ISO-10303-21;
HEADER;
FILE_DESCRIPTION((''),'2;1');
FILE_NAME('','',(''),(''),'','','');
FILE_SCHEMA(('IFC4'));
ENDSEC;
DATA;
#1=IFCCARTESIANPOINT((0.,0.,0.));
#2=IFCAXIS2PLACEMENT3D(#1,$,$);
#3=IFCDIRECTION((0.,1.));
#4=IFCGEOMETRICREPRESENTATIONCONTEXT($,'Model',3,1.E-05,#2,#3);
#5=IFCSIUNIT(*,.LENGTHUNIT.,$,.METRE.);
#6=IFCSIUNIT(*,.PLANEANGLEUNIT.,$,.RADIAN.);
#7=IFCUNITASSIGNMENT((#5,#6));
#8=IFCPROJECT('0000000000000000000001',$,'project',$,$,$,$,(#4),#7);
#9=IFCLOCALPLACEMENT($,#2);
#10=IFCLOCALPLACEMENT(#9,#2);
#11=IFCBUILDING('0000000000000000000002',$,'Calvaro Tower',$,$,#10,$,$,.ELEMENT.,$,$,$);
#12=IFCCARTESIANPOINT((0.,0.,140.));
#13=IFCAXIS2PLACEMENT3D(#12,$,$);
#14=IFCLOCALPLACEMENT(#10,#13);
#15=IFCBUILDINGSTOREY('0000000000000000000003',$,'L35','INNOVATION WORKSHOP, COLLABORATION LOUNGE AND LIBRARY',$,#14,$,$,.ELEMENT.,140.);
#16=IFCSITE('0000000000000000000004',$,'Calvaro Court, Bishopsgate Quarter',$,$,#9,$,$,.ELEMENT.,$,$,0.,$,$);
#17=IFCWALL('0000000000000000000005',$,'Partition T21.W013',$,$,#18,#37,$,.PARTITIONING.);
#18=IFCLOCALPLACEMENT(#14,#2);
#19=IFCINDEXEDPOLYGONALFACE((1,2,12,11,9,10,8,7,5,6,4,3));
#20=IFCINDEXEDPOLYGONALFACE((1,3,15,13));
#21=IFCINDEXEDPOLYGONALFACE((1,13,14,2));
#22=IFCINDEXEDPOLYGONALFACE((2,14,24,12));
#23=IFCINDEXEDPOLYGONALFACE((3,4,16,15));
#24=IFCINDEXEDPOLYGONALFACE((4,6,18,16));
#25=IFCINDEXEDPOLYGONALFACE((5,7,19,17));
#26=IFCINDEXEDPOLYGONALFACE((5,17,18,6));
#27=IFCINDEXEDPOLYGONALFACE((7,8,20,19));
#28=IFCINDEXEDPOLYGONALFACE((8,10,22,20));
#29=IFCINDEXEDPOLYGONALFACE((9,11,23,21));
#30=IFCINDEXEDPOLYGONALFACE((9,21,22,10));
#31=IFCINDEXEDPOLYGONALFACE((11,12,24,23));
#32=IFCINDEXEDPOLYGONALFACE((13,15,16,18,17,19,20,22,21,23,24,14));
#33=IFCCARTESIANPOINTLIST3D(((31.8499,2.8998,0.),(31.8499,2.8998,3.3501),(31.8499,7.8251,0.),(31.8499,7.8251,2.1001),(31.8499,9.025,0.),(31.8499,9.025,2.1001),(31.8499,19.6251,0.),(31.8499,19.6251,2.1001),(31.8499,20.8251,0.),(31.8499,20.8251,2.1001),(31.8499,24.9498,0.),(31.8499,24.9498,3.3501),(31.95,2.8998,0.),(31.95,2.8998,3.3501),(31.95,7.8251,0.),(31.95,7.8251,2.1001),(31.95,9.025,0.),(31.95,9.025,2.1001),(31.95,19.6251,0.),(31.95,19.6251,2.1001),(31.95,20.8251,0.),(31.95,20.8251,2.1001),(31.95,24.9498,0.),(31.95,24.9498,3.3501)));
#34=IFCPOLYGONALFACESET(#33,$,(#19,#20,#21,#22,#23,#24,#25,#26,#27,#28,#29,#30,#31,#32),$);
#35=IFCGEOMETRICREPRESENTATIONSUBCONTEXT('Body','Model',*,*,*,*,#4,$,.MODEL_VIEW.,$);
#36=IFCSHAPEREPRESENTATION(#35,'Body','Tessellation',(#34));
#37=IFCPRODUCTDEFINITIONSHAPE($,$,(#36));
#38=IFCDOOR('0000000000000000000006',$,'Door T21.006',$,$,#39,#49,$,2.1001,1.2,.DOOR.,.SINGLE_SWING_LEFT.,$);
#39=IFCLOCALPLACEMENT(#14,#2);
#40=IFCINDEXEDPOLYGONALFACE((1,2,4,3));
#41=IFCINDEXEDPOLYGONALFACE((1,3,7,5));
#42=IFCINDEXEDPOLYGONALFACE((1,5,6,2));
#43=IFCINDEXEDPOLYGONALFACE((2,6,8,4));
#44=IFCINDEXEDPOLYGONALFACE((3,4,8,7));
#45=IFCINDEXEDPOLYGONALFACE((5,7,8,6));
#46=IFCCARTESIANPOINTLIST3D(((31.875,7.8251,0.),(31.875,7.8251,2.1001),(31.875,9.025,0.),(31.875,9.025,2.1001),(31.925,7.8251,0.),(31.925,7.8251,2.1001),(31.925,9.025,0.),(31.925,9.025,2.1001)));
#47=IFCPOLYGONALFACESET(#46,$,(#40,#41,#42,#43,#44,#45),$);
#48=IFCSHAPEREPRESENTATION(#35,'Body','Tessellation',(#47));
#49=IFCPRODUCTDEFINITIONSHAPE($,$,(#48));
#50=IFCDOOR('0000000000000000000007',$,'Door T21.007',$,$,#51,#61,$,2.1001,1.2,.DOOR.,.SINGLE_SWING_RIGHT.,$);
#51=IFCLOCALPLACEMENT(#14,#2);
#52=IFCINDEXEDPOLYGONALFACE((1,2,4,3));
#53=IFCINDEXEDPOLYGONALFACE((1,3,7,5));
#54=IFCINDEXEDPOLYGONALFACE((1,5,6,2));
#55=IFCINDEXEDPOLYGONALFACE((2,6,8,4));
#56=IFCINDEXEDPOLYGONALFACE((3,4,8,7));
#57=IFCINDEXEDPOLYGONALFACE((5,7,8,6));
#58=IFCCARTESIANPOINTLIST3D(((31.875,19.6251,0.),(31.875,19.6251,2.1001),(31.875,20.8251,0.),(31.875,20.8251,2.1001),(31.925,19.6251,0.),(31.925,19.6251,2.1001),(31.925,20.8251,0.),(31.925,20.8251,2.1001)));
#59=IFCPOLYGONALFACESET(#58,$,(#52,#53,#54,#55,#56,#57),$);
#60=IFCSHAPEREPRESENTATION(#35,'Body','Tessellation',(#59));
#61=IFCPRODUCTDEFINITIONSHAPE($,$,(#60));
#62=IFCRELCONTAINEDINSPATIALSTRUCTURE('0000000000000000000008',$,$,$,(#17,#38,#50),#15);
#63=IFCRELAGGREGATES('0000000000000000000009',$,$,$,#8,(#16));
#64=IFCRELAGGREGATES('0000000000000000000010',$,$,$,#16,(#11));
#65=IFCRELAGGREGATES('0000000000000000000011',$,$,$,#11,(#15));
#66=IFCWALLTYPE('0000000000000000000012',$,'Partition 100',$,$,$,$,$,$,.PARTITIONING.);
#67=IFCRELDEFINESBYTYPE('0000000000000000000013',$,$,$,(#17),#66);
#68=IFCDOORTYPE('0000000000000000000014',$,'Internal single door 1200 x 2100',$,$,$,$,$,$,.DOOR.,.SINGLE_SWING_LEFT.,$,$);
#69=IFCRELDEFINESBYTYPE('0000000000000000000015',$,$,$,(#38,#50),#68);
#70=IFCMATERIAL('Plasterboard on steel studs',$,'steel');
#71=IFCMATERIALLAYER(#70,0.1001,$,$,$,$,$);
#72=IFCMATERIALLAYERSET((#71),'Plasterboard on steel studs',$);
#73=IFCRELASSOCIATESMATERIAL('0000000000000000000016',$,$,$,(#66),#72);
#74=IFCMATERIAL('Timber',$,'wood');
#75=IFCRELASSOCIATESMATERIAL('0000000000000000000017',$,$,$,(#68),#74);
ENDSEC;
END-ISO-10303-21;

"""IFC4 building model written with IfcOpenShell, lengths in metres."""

from ifc_helpers import new_model, si_unit, direction, frame, frame_2d, origin, place, context, subcontext, project, spatial, rectangle, extrude, material, layer, layer_set, type_object, element, fill, save


model = new_model("IFC4")

# Units and contexts
model_context = context("Model", 3, precision=1e-05, world=origin(), true_north=direction((0.0, 1.0)))
body_context = subcontext(model_context, "Body", "Model", "MODEL_VIEW")
ifc_project = project(units=[si_unit("LENGTHUNIT", "METRE"), si_unit("PLANEANGLEUNIT", "RADIAN")], contexts=[model_context])

# Site, building, storey
site_placement = place(None, origin())
site = spatial("IfcSite", under=ifc_project, at=site_placement, Name="Calvaro Court, Bishopsgate Quarter", CompositionType="ELEMENT", RefElevation=0.0)
building_placement = place(site_placement, origin())
building = spatial("IfcBuilding", under=site, at=building_placement, Name="Calvaro Tower", CompositionType="ELEMENT")
storey_placement = place(building_placement, frame((0.0, 0.0, 140.0)))
storey = spatial("IfcBuildingStorey", under=building, at=storey_placement, Name="L35", Description="INNOVATION WORKSHOP, COLLABORATION LOUNGE AND LIBRARY", CompositionType="ELEMENT", Elevation=140.0)

# Shared definitions
ifc_material_1 = material(Name="Plasterboard on steel studs", Category="steel")
ifc_layer_1 = layer(ifc_material_1, 0.1001)
ifc_layer_set_1 = layer_set([ifc_layer_1], Name="Plasterboard on steel studs")
wall_type_1 = type_object("IfcWallType", Name="Partition 100", PredefinedType="PARTITIONING", material=ifc_layer_set_1)

# Shared definitions
ifc_material_2 = material(Name="Timber", Category="wood")
door_type_1 = type_object("IfcDoorType", Name="Internal single door 1200 x 2100", OperationType="SINGLE_SWING_LEFT", PredefinedType="DOOR", material=ifc_material_2)

# Wall, openings, doors
wall_1_placement = place(storey_placement, frame((31.8999, 2.8999, 0.0), z_axis=(0.0, 0.0, 1.0), x_axis=(0.0, 1.0, 0.0)))
wall_1 = element("IfcWall", 1, at=wall_1_placement, inside=storey, type_object=wall_type_1, Name="Partition T21.W013", PredefinedType="PARTITIONING", context=body_context, shape_type="SweptSolid", body=[
    extrude(rectangle(XDim=22.05, YDim=0.1001, at=frame_2d((11.0249, 0.0))), origin(), (0.0, 0.0, 1.0), 3.3501),
])
opening_1_placement = place(wall_1_placement, frame((4.925, 0.0, 0.0)))
opening_1 = element("IfcOpeningElement", 2, at=opening_1_placement, cuts=wall_1, PredefinedType="OPENING", context=body_context, shape_type="SweptSolid", body=[
    extrude(rectangle(XDim=1.2, YDim=2.1001, at=frame_2d((0.6001, 1.05))), frame((0.0, 0.0601, 0.0), z_axis=(0.0, -1.0, 0.0), x_axis=(1.0, 0.0, 0.0)), (0.0, 0.0, 1.0), 0.1201),
])
opening_2_placement = place(wall_1_placement, frame((16.7251, 0.0, 0.0)))
opening_2 = element("IfcOpeningElement", 3, at=opening_2_placement, cuts=wall_1, PredefinedType="OPENING", context=body_context, shape_type="SweptSolid", body=[
    extrude(rectangle(XDim=1.2, YDim=2.1001, at=frame_2d((0.6001, 1.05))), frame((0.0, 0.0601, 0.0), z_axis=(0.0, -1.0, 0.0), x_axis=(1.0, 0.0, 0.0)), (0.0, 0.0, 1.0), 0.1201),
])
door_1_placement = place(opening_1_placement, origin())
door_1 = element("IfcDoor", 4, at=door_1_placement, inside=storey, type_object=door_type_1, Name="Door T21.006", OperationType="SINGLE_SWING_LEFT", OverallHeight=2.1001, OverallWidth=1.2, PredefinedType="DOOR", context=body_context, shape_type="SweptSolid", body=[
    extrude(rectangle(XDim=1.2, YDim=2.1001, at=frame_2d((0.6001, 1.05))), frame((0.0, 0.0249, 0.0), z_axis=(0.0, -1.0, 0.0), x_axis=(1.0, 0.0, 0.0)), (0.0, 0.0, 1.0), 0.05),
])
fill(opening_1, door_1)
door_2_placement = place(opening_2_placement, origin())
door_2 = element("IfcDoor", 5, at=door_2_placement, inside=storey, type_object=door_type_1, Name="Door T21.007", OperationType="SINGLE_SWING_RIGHT", OverallHeight=2.1001, OverallWidth=1.2, PredefinedType="DOOR", context=body_context, shape_type="SweptSolid", body=[
    extrude(rectangle(XDim=1.2, YDim=2.1001, at=frame_2d((0.6001, 1.05))), frame((0.0, 0.0249, 0.0), z_axis=(0.0, -1.0, 0.0), x_axis=(1.0, 0.0, 0.0)), (0.0, 0.0, 1.0), 0.05),
])
fill(opening_2, door_2)

save(model, "model.ifc")
